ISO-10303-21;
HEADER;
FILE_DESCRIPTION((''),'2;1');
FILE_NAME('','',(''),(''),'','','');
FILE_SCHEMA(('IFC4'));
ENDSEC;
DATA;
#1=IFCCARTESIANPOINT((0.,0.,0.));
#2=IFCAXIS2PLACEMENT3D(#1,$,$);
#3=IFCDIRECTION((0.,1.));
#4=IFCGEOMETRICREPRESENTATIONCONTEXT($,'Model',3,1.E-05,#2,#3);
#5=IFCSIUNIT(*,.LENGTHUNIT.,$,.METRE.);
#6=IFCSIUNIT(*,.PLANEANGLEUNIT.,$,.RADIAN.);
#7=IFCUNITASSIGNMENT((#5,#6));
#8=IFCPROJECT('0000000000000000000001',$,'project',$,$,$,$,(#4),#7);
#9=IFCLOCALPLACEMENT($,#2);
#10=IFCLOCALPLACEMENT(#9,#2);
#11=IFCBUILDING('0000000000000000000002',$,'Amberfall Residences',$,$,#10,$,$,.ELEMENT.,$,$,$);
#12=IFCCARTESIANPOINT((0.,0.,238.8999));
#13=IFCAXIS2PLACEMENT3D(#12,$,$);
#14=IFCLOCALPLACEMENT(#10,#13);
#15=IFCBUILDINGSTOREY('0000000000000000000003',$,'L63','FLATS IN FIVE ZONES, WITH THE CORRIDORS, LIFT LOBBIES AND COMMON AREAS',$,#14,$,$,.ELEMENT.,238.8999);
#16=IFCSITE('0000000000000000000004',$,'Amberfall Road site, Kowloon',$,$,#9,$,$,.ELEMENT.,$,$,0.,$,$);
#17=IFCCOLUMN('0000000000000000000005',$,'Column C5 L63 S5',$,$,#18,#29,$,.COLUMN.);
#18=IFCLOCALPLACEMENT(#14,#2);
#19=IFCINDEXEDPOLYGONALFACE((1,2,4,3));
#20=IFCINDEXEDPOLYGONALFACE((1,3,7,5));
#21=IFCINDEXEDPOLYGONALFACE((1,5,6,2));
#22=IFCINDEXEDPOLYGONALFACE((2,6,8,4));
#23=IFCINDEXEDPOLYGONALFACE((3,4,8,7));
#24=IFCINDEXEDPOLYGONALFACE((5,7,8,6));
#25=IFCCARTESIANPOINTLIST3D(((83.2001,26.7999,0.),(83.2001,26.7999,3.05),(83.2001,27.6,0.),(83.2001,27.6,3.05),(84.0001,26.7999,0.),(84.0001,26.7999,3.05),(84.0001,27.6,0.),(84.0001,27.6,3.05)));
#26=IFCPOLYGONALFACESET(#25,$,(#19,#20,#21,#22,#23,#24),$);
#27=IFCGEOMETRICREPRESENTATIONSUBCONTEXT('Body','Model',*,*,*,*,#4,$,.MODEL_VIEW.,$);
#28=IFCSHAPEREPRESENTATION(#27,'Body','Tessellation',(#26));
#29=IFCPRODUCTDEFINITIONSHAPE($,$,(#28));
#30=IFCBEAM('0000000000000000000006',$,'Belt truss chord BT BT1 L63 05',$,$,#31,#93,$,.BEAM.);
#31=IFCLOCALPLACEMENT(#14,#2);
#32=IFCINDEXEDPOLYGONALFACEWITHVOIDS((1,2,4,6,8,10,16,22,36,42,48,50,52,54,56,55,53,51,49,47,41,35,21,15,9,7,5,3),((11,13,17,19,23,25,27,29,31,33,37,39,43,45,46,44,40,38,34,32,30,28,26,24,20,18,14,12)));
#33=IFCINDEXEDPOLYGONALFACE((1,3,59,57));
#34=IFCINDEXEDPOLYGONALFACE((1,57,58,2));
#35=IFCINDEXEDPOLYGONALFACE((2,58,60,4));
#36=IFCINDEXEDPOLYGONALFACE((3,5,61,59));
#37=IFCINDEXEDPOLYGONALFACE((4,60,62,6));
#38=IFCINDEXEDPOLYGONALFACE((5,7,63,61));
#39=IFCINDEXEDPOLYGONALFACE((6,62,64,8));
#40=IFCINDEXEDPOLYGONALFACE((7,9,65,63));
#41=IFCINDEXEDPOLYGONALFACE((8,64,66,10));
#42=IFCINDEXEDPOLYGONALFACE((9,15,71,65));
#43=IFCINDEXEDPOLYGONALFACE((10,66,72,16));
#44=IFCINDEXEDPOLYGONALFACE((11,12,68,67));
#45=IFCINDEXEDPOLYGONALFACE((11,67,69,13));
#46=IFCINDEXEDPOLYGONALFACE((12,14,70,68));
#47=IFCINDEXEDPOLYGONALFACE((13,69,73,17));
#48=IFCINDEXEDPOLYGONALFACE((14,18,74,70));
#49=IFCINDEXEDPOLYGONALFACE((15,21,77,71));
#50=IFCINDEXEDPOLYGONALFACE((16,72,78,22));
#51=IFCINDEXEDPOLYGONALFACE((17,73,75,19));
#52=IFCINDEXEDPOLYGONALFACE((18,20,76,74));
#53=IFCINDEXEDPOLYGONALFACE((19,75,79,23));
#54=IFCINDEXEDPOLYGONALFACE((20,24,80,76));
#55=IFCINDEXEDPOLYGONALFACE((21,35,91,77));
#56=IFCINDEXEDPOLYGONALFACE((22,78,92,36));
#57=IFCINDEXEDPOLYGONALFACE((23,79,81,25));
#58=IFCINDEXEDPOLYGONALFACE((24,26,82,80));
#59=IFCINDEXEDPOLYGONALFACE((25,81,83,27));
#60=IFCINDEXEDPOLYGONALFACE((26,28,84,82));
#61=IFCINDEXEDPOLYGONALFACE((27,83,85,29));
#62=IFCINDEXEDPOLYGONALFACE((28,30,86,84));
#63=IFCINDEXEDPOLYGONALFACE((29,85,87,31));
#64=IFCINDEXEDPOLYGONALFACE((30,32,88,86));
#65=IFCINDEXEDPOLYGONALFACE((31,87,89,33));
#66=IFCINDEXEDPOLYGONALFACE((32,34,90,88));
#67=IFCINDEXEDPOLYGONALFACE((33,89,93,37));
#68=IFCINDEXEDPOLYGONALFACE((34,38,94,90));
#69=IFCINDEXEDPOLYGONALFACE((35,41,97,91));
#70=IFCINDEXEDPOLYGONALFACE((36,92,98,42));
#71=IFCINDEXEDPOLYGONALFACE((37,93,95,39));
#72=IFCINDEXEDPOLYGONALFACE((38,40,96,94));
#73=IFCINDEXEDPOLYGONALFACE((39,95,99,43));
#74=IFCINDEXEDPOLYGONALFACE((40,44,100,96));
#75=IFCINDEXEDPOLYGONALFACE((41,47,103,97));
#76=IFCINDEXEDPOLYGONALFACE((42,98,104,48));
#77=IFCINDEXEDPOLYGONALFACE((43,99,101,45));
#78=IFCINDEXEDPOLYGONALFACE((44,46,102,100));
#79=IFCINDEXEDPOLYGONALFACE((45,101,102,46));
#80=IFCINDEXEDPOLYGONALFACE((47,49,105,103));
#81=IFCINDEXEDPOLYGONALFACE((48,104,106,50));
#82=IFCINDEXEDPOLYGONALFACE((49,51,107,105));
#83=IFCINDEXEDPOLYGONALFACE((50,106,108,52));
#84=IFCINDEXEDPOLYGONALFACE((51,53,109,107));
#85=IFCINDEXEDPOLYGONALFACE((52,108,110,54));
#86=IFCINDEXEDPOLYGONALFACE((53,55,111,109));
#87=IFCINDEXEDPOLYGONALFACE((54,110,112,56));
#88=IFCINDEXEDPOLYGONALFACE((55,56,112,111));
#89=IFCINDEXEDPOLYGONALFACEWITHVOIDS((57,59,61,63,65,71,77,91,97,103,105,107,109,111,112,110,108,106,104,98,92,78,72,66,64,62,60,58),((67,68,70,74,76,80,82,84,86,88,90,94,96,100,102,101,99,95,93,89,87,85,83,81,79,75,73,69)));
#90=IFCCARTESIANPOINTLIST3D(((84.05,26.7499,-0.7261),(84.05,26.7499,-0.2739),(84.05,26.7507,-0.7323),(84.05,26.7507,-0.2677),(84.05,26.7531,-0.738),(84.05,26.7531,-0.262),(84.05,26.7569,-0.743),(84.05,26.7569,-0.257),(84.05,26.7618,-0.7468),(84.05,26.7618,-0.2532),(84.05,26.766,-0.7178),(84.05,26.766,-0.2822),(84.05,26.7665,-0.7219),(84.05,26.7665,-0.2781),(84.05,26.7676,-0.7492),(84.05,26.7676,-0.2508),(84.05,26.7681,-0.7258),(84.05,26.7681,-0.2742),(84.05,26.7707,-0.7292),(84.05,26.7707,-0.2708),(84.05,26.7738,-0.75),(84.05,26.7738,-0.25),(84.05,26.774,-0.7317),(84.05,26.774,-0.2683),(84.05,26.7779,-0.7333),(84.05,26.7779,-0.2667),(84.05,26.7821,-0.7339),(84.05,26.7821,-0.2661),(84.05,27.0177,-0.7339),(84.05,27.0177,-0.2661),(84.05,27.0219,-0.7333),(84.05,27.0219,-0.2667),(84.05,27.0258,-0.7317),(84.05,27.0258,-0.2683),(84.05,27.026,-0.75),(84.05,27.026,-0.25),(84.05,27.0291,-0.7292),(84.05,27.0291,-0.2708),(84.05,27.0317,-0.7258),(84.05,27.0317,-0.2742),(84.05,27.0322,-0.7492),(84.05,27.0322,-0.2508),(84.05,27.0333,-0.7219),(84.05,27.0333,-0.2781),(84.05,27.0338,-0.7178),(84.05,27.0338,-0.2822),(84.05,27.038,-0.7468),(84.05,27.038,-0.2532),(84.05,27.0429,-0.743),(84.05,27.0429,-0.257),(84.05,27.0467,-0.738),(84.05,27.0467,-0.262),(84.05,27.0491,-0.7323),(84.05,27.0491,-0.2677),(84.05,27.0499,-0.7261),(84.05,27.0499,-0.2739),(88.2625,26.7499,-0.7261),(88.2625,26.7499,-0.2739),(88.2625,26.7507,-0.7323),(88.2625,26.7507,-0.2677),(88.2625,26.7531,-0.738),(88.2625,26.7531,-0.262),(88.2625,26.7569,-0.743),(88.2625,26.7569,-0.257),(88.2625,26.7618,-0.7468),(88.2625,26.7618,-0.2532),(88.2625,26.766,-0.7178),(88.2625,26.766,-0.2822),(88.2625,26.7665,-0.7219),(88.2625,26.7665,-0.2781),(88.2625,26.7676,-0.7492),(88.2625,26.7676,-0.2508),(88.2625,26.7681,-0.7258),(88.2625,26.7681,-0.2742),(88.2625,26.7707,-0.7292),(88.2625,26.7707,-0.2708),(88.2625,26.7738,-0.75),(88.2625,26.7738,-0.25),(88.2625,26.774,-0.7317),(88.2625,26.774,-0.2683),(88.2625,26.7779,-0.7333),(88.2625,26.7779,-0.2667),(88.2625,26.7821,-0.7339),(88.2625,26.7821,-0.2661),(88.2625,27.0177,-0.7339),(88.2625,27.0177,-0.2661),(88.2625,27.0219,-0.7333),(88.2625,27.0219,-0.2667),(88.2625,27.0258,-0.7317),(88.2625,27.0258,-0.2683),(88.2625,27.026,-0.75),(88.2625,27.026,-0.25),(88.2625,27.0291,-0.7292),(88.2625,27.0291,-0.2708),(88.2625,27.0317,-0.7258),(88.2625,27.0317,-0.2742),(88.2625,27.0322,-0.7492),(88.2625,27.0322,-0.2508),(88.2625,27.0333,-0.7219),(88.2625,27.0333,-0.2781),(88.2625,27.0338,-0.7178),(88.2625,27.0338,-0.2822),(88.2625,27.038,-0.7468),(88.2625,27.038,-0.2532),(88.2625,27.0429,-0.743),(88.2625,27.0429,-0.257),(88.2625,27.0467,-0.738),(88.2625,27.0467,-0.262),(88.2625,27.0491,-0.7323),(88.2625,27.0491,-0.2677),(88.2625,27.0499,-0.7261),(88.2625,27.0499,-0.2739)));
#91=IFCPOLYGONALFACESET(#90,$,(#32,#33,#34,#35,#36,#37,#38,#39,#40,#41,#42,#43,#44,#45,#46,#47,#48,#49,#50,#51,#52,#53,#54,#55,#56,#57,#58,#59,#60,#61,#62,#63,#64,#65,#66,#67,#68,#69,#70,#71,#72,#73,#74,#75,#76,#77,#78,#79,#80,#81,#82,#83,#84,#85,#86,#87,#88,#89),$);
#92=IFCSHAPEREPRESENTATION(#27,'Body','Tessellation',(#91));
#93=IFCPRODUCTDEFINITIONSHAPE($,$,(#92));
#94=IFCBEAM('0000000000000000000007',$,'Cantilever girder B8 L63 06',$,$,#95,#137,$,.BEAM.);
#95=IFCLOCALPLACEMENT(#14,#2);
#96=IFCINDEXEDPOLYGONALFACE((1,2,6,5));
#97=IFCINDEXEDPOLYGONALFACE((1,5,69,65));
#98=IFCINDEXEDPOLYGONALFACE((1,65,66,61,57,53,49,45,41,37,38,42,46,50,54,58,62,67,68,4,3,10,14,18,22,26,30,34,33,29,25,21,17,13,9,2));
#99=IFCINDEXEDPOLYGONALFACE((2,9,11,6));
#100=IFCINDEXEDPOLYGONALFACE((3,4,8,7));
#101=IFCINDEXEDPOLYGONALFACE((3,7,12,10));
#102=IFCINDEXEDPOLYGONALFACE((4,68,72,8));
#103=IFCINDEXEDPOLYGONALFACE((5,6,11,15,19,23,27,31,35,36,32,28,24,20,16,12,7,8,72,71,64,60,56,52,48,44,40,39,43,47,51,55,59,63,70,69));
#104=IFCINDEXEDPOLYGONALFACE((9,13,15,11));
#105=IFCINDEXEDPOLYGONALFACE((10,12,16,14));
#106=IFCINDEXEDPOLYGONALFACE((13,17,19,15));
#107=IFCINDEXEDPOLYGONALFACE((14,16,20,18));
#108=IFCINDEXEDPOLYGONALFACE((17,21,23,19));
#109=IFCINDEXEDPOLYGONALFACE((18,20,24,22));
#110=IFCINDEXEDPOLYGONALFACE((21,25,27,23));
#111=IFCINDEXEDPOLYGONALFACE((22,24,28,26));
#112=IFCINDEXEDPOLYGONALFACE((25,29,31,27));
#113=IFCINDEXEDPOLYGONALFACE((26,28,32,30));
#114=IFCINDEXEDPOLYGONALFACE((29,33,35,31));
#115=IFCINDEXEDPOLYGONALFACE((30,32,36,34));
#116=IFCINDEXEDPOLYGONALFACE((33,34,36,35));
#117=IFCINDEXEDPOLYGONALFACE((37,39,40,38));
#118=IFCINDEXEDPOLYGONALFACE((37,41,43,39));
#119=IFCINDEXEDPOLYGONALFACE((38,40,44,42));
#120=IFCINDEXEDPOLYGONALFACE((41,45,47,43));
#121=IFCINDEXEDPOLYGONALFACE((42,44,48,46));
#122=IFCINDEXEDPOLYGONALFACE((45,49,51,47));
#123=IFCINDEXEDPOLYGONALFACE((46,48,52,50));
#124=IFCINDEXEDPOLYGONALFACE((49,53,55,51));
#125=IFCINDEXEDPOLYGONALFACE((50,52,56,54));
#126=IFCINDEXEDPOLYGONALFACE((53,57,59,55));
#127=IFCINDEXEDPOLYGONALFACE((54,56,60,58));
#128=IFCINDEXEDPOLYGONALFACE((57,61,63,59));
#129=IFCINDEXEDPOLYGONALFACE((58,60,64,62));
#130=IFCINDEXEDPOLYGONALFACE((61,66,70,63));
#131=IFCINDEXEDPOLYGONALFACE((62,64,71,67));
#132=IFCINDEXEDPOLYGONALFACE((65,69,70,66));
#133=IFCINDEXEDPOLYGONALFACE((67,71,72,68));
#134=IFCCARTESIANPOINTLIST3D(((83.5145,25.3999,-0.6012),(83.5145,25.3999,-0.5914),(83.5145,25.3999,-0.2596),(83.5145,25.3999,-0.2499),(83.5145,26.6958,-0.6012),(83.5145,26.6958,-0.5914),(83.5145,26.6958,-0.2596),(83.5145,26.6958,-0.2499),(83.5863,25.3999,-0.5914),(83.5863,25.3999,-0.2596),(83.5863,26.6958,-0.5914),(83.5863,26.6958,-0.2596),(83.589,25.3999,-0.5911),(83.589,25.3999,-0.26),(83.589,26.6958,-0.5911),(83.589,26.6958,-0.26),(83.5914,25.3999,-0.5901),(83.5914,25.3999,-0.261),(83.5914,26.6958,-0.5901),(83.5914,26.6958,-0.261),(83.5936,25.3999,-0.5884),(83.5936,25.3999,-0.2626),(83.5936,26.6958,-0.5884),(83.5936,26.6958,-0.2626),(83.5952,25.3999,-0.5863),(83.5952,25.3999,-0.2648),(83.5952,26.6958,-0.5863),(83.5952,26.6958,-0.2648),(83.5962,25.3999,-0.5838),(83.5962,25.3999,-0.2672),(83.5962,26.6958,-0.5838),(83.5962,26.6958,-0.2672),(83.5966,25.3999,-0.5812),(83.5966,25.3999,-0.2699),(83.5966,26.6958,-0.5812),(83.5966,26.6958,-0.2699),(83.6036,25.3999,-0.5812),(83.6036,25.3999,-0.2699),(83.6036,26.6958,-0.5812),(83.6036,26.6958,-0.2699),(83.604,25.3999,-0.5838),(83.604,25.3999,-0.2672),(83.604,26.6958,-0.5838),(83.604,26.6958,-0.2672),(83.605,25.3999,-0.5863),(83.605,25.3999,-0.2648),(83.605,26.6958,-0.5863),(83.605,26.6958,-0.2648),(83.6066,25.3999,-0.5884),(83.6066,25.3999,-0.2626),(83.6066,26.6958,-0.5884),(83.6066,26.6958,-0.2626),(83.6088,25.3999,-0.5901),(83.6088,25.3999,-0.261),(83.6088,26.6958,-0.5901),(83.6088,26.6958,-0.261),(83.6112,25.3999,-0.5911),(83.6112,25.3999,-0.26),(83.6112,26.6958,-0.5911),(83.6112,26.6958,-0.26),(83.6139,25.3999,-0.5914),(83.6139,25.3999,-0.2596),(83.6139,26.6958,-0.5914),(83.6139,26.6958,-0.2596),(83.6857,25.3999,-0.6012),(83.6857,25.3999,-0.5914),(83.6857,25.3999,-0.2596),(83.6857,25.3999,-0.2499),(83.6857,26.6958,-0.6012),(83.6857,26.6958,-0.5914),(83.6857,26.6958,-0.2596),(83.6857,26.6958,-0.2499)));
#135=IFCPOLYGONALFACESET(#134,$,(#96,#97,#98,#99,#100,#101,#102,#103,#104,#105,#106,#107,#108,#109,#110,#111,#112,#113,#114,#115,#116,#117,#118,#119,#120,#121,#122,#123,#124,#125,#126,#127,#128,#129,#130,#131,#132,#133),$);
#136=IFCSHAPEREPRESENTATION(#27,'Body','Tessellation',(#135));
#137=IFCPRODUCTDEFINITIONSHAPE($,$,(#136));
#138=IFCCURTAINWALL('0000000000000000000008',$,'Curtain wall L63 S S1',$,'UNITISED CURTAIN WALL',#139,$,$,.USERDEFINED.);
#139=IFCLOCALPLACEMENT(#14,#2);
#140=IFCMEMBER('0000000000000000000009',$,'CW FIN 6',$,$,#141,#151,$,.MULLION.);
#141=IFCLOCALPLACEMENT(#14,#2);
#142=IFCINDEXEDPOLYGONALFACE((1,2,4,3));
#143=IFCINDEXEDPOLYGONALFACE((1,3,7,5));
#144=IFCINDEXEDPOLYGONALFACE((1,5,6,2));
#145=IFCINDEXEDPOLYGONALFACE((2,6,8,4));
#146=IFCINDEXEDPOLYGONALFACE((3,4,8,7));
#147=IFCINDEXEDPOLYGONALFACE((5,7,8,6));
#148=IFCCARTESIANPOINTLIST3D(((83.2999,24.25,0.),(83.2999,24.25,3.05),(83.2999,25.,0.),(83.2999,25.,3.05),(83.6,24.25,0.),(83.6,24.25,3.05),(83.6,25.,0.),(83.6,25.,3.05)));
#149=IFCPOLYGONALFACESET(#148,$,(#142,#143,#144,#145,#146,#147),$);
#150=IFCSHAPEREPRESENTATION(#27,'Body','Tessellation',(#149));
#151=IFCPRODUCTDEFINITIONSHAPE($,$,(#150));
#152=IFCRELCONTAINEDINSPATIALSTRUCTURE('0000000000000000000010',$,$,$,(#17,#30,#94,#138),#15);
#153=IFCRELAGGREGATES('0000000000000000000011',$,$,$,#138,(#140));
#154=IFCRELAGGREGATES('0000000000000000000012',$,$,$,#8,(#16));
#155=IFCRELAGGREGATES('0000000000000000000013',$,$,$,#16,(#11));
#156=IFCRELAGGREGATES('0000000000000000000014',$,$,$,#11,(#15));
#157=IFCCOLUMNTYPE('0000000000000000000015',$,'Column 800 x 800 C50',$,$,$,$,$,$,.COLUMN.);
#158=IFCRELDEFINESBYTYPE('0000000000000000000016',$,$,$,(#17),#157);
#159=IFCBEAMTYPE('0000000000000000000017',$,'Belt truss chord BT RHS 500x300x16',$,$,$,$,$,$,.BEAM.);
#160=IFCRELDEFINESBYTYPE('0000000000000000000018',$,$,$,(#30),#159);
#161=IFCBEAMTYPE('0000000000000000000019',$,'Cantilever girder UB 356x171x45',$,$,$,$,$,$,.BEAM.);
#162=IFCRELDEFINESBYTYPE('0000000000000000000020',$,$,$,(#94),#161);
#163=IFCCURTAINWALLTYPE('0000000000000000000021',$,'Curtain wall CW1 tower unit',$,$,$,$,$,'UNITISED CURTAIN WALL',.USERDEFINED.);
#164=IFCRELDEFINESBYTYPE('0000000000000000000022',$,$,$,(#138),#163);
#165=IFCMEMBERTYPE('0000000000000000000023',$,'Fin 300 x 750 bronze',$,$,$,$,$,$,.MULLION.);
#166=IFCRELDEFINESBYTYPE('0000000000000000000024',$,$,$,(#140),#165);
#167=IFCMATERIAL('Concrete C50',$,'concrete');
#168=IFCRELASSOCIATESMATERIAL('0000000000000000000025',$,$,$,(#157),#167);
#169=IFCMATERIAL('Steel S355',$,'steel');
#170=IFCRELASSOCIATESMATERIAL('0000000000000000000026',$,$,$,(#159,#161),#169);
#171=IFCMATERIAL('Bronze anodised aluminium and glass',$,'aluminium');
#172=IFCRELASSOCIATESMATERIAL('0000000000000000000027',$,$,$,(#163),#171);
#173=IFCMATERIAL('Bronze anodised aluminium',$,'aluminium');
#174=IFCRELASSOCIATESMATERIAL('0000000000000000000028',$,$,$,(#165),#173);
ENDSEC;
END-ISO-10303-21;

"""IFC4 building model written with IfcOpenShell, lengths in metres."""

from ifc_helpers import new_model, si_unit, direction, frame, origin, origin_2d, place, context, subcontext, project, spatial, rectangle, hollow_rectangle, i_section, extrude, material, material_profile, profile_set, type_object, element, aggregate, save


model = new_model("IFC4")

# Units and contexts
model_context = context("Model", 3, precision=1e-05, world=origin(), true_north=direction((0.0, 1.0)))
body_context = subcontext(model_context, "Body", "Model", "MODEL_VIEW")
ifc_project = project(units=[si_unit("LENGTHUNIT", "METRE"), si_unit("PLANEANGLEUNIT", "RADIAN")], contexts=[model_context])

# Site, building, storey
site_placement = place(None, origin())
site = spatial("IfcSite", under=ifc_project, at=site_placement, Name="Amberfall Road site, Kowloon", CompositionType="ELEMENT", RefElevation=0.0)
building_placement = place(site_placement, origin())
building = spatial("IfcBuilding", under=site, at=building_placement, Name="Amberfall Residences", CompositionType="ELEMENT")
storey_placement = place(building_placement, frame((0.0, 0.0, 238.8999)))
storey = spatial("IfcBuildingStorey", under=building, at=storey_placement, Name="L63", Description="FLATS IN FIVE ZONES, WITH THE CORRIDORS, LIFT LOBBIES AND COMMON AREAS", CompositionType="ELEMENT", Elevation=238.8999)

# Column
ifc_material_1 = material(Name="Concrete C50", Category="concrete")
ifc_material_profile_1 = material_profile(ifc_material_1, rectangle(XDim=0.8, YDim=0.8, at=origin_2d()), Name="Column 800 x 800 C50")
ifc_profile_set_1 = profile_set([ifc_material_profile_1], Name="Concrete C50")
column_type = type_object("IfcColumnType", Name="Column 800 x 800 C50", PredefinedType="COLUMN", material=ifc_profile_set_1)
column_placement = place(storey_placement, frame((83.6001, 27.2, 0.0), z_axis=(0.0, 0.0, 1.0), x_axis=(1.0, 0.0, 0.0)))
element("IfcColumn", 1, at=column_placement, inside=storey, type_object=column_type, Name="Column C5 L63 S5", PredefinedType="COLUMN", context=body_context, shape_type="SweptSolid", body=[
    extrude(rectangle(XDim=0.8, YDim=0.8, at=origin_2d()), origin(), (0.0, 0.0, 1.0), 3.05),
])

# Beams
ifc_material_2 = material(Name="Steel S355", Category="steel")
ifc_material_profile_2 = material_profile(ifc_material_2, hollow_rectangle(XDim=0.3, YDim=0.5, WallThickness=0.0161, InnerFilletRadius=0.0161, OuterFilletRadius=0.0239, at=origin_2d()), Name="RHS 500x300x16")
ifc_profile_set_2 = profile_set([ifc_material_profile_2], Name="Steel S355")
beam_type_1 = type_object("IfcBeamType", Name="Belt truss chord BT RHS 500x300x16", PredefinedType="BEAM", material=ifc_profile_set_2)
beam_1_placement = place(storey_placement, frame((84.05, 26.8999, -0.5), z_axis=(1.0, 0.0, 0.0), x_axis=(0.0, 1.0, 0.0)))
element("IfcBeam", 2, at=beam_1_placement, inside=storey, type_object=beam_type_1, Name="Belt truss chord BT BT1 L63 05", PredefinedType="BEAM", context=body_context, shape_type="SweptSolid", body=[
    extrude(hollow_rectangle(XDim=0.3, YDim=0.5, WallThickness=0.0161, InnerFilletRadius=0.0161, OuterFilletRadius=0.0239, at=origin_2d()), origin(), (0.0, 0.0, 1.0), 4.2124),
])
ifc_material_profile_3 = material_profile(ifc_material_2, i_section(OverallWidth=0.1711, OverallDepth=0.3513, WebThickness=0.0071, FlangeThickness=0.0098, FilletRadius=0.0103, at=origin_2d()), Name="UB 356x171x45")
ifc_profile_set_3 = profile_set([ifc_material_profile_3], Name="Steel S355")
beam_type_2 = type_object("IfcBeamType", Name="Cantilever girder UB 356x171x45", PredefinedType="BEAM", material=ifc_profile_set_3)
beam_2_placement = place(storey_placement, frame((83.6001, 26.6958, -0.4255), z_axis=(0.0, -1.0, 0.0), x_axis=(1.0, 0.0, 0.0)))
element("IfcBeam", 3, at=beam_2_placement, inside=storey, type_object=beam_type_2, Name="Cantilever girder B8 L63 06", PredefinedType="BEAM", context=body_context, shape_type="SweptSolid", body=[
    extrude(i_section(OverallWidth=0.1711, OverallDepth=0.3513, WebThickness=0.0071, FlangeThickness=0.0098, FilletRadius=0.0103, at=origin_2d()), origin(), (0.0, 0.0, 1.0), 1.2959),
])

# Curtain wall, member
ifc_material_3 = material(Name="Bronze anodised aluminium and glass", Category="aluminium")
curtain_wall_type = type_object("IfcCurtainWallType", Name="Curtain wall CW1 tower unit", ElementType="UNITISED CURTAIN WALL", PredefinedType="USERDEFINED", material=ifc_material_3)
curtain_wall_placement = place(storey_placement, origin())
curtain_wall = element("IfcCurtainWall", 4, at=curtain_wall_placement, inside=storey, type_object=curtain_wall_type, Name="Curtain wall L63 S S1", ObjectType="UNITISED CURTAIN WALL", PredefinedType="USERDEFINED")
ifc_material_4 = material(Name="Bronze anodised aluminium", Category="aluminium")
ifc_material_profile_4 = material_profile(ifc_material_4, rectangle(XDim=0.75, YDim=0.3, at=origin_2d()), Name="Fin 300 x 750 bronze")
ifc_profile_set_4 = profile_set([ifc_material_profile_4], Name="Bronze anodised aluminium")
member_type = type_object("IfcMemberType", Name="Fin 300 x 750 bronze", PredefinedType="MULLION", material=ifc_profile_set_4)
member_placement = place(storey_placement, frame((83.45, 24.625, 0.0), z_axis=(0.0, 0.0, 1.0), x_axis=(0.0, 1.0, 0.0)))
member = element("IfcMember", 5, at=member_placement, type_object=member_type, Name="CW FIN 6", PredefinedType="MULLION", context=body_context, shape_type="SweptSolid", body=[
    extrude(rectangle(XDim=0.75, YDim=0.3, at=origin_2d()), origin(), (0.0, 0.0, 1.0), 3.05),
])

aggregate(curtain_wall, [member])

save(model, "model.ifc")
